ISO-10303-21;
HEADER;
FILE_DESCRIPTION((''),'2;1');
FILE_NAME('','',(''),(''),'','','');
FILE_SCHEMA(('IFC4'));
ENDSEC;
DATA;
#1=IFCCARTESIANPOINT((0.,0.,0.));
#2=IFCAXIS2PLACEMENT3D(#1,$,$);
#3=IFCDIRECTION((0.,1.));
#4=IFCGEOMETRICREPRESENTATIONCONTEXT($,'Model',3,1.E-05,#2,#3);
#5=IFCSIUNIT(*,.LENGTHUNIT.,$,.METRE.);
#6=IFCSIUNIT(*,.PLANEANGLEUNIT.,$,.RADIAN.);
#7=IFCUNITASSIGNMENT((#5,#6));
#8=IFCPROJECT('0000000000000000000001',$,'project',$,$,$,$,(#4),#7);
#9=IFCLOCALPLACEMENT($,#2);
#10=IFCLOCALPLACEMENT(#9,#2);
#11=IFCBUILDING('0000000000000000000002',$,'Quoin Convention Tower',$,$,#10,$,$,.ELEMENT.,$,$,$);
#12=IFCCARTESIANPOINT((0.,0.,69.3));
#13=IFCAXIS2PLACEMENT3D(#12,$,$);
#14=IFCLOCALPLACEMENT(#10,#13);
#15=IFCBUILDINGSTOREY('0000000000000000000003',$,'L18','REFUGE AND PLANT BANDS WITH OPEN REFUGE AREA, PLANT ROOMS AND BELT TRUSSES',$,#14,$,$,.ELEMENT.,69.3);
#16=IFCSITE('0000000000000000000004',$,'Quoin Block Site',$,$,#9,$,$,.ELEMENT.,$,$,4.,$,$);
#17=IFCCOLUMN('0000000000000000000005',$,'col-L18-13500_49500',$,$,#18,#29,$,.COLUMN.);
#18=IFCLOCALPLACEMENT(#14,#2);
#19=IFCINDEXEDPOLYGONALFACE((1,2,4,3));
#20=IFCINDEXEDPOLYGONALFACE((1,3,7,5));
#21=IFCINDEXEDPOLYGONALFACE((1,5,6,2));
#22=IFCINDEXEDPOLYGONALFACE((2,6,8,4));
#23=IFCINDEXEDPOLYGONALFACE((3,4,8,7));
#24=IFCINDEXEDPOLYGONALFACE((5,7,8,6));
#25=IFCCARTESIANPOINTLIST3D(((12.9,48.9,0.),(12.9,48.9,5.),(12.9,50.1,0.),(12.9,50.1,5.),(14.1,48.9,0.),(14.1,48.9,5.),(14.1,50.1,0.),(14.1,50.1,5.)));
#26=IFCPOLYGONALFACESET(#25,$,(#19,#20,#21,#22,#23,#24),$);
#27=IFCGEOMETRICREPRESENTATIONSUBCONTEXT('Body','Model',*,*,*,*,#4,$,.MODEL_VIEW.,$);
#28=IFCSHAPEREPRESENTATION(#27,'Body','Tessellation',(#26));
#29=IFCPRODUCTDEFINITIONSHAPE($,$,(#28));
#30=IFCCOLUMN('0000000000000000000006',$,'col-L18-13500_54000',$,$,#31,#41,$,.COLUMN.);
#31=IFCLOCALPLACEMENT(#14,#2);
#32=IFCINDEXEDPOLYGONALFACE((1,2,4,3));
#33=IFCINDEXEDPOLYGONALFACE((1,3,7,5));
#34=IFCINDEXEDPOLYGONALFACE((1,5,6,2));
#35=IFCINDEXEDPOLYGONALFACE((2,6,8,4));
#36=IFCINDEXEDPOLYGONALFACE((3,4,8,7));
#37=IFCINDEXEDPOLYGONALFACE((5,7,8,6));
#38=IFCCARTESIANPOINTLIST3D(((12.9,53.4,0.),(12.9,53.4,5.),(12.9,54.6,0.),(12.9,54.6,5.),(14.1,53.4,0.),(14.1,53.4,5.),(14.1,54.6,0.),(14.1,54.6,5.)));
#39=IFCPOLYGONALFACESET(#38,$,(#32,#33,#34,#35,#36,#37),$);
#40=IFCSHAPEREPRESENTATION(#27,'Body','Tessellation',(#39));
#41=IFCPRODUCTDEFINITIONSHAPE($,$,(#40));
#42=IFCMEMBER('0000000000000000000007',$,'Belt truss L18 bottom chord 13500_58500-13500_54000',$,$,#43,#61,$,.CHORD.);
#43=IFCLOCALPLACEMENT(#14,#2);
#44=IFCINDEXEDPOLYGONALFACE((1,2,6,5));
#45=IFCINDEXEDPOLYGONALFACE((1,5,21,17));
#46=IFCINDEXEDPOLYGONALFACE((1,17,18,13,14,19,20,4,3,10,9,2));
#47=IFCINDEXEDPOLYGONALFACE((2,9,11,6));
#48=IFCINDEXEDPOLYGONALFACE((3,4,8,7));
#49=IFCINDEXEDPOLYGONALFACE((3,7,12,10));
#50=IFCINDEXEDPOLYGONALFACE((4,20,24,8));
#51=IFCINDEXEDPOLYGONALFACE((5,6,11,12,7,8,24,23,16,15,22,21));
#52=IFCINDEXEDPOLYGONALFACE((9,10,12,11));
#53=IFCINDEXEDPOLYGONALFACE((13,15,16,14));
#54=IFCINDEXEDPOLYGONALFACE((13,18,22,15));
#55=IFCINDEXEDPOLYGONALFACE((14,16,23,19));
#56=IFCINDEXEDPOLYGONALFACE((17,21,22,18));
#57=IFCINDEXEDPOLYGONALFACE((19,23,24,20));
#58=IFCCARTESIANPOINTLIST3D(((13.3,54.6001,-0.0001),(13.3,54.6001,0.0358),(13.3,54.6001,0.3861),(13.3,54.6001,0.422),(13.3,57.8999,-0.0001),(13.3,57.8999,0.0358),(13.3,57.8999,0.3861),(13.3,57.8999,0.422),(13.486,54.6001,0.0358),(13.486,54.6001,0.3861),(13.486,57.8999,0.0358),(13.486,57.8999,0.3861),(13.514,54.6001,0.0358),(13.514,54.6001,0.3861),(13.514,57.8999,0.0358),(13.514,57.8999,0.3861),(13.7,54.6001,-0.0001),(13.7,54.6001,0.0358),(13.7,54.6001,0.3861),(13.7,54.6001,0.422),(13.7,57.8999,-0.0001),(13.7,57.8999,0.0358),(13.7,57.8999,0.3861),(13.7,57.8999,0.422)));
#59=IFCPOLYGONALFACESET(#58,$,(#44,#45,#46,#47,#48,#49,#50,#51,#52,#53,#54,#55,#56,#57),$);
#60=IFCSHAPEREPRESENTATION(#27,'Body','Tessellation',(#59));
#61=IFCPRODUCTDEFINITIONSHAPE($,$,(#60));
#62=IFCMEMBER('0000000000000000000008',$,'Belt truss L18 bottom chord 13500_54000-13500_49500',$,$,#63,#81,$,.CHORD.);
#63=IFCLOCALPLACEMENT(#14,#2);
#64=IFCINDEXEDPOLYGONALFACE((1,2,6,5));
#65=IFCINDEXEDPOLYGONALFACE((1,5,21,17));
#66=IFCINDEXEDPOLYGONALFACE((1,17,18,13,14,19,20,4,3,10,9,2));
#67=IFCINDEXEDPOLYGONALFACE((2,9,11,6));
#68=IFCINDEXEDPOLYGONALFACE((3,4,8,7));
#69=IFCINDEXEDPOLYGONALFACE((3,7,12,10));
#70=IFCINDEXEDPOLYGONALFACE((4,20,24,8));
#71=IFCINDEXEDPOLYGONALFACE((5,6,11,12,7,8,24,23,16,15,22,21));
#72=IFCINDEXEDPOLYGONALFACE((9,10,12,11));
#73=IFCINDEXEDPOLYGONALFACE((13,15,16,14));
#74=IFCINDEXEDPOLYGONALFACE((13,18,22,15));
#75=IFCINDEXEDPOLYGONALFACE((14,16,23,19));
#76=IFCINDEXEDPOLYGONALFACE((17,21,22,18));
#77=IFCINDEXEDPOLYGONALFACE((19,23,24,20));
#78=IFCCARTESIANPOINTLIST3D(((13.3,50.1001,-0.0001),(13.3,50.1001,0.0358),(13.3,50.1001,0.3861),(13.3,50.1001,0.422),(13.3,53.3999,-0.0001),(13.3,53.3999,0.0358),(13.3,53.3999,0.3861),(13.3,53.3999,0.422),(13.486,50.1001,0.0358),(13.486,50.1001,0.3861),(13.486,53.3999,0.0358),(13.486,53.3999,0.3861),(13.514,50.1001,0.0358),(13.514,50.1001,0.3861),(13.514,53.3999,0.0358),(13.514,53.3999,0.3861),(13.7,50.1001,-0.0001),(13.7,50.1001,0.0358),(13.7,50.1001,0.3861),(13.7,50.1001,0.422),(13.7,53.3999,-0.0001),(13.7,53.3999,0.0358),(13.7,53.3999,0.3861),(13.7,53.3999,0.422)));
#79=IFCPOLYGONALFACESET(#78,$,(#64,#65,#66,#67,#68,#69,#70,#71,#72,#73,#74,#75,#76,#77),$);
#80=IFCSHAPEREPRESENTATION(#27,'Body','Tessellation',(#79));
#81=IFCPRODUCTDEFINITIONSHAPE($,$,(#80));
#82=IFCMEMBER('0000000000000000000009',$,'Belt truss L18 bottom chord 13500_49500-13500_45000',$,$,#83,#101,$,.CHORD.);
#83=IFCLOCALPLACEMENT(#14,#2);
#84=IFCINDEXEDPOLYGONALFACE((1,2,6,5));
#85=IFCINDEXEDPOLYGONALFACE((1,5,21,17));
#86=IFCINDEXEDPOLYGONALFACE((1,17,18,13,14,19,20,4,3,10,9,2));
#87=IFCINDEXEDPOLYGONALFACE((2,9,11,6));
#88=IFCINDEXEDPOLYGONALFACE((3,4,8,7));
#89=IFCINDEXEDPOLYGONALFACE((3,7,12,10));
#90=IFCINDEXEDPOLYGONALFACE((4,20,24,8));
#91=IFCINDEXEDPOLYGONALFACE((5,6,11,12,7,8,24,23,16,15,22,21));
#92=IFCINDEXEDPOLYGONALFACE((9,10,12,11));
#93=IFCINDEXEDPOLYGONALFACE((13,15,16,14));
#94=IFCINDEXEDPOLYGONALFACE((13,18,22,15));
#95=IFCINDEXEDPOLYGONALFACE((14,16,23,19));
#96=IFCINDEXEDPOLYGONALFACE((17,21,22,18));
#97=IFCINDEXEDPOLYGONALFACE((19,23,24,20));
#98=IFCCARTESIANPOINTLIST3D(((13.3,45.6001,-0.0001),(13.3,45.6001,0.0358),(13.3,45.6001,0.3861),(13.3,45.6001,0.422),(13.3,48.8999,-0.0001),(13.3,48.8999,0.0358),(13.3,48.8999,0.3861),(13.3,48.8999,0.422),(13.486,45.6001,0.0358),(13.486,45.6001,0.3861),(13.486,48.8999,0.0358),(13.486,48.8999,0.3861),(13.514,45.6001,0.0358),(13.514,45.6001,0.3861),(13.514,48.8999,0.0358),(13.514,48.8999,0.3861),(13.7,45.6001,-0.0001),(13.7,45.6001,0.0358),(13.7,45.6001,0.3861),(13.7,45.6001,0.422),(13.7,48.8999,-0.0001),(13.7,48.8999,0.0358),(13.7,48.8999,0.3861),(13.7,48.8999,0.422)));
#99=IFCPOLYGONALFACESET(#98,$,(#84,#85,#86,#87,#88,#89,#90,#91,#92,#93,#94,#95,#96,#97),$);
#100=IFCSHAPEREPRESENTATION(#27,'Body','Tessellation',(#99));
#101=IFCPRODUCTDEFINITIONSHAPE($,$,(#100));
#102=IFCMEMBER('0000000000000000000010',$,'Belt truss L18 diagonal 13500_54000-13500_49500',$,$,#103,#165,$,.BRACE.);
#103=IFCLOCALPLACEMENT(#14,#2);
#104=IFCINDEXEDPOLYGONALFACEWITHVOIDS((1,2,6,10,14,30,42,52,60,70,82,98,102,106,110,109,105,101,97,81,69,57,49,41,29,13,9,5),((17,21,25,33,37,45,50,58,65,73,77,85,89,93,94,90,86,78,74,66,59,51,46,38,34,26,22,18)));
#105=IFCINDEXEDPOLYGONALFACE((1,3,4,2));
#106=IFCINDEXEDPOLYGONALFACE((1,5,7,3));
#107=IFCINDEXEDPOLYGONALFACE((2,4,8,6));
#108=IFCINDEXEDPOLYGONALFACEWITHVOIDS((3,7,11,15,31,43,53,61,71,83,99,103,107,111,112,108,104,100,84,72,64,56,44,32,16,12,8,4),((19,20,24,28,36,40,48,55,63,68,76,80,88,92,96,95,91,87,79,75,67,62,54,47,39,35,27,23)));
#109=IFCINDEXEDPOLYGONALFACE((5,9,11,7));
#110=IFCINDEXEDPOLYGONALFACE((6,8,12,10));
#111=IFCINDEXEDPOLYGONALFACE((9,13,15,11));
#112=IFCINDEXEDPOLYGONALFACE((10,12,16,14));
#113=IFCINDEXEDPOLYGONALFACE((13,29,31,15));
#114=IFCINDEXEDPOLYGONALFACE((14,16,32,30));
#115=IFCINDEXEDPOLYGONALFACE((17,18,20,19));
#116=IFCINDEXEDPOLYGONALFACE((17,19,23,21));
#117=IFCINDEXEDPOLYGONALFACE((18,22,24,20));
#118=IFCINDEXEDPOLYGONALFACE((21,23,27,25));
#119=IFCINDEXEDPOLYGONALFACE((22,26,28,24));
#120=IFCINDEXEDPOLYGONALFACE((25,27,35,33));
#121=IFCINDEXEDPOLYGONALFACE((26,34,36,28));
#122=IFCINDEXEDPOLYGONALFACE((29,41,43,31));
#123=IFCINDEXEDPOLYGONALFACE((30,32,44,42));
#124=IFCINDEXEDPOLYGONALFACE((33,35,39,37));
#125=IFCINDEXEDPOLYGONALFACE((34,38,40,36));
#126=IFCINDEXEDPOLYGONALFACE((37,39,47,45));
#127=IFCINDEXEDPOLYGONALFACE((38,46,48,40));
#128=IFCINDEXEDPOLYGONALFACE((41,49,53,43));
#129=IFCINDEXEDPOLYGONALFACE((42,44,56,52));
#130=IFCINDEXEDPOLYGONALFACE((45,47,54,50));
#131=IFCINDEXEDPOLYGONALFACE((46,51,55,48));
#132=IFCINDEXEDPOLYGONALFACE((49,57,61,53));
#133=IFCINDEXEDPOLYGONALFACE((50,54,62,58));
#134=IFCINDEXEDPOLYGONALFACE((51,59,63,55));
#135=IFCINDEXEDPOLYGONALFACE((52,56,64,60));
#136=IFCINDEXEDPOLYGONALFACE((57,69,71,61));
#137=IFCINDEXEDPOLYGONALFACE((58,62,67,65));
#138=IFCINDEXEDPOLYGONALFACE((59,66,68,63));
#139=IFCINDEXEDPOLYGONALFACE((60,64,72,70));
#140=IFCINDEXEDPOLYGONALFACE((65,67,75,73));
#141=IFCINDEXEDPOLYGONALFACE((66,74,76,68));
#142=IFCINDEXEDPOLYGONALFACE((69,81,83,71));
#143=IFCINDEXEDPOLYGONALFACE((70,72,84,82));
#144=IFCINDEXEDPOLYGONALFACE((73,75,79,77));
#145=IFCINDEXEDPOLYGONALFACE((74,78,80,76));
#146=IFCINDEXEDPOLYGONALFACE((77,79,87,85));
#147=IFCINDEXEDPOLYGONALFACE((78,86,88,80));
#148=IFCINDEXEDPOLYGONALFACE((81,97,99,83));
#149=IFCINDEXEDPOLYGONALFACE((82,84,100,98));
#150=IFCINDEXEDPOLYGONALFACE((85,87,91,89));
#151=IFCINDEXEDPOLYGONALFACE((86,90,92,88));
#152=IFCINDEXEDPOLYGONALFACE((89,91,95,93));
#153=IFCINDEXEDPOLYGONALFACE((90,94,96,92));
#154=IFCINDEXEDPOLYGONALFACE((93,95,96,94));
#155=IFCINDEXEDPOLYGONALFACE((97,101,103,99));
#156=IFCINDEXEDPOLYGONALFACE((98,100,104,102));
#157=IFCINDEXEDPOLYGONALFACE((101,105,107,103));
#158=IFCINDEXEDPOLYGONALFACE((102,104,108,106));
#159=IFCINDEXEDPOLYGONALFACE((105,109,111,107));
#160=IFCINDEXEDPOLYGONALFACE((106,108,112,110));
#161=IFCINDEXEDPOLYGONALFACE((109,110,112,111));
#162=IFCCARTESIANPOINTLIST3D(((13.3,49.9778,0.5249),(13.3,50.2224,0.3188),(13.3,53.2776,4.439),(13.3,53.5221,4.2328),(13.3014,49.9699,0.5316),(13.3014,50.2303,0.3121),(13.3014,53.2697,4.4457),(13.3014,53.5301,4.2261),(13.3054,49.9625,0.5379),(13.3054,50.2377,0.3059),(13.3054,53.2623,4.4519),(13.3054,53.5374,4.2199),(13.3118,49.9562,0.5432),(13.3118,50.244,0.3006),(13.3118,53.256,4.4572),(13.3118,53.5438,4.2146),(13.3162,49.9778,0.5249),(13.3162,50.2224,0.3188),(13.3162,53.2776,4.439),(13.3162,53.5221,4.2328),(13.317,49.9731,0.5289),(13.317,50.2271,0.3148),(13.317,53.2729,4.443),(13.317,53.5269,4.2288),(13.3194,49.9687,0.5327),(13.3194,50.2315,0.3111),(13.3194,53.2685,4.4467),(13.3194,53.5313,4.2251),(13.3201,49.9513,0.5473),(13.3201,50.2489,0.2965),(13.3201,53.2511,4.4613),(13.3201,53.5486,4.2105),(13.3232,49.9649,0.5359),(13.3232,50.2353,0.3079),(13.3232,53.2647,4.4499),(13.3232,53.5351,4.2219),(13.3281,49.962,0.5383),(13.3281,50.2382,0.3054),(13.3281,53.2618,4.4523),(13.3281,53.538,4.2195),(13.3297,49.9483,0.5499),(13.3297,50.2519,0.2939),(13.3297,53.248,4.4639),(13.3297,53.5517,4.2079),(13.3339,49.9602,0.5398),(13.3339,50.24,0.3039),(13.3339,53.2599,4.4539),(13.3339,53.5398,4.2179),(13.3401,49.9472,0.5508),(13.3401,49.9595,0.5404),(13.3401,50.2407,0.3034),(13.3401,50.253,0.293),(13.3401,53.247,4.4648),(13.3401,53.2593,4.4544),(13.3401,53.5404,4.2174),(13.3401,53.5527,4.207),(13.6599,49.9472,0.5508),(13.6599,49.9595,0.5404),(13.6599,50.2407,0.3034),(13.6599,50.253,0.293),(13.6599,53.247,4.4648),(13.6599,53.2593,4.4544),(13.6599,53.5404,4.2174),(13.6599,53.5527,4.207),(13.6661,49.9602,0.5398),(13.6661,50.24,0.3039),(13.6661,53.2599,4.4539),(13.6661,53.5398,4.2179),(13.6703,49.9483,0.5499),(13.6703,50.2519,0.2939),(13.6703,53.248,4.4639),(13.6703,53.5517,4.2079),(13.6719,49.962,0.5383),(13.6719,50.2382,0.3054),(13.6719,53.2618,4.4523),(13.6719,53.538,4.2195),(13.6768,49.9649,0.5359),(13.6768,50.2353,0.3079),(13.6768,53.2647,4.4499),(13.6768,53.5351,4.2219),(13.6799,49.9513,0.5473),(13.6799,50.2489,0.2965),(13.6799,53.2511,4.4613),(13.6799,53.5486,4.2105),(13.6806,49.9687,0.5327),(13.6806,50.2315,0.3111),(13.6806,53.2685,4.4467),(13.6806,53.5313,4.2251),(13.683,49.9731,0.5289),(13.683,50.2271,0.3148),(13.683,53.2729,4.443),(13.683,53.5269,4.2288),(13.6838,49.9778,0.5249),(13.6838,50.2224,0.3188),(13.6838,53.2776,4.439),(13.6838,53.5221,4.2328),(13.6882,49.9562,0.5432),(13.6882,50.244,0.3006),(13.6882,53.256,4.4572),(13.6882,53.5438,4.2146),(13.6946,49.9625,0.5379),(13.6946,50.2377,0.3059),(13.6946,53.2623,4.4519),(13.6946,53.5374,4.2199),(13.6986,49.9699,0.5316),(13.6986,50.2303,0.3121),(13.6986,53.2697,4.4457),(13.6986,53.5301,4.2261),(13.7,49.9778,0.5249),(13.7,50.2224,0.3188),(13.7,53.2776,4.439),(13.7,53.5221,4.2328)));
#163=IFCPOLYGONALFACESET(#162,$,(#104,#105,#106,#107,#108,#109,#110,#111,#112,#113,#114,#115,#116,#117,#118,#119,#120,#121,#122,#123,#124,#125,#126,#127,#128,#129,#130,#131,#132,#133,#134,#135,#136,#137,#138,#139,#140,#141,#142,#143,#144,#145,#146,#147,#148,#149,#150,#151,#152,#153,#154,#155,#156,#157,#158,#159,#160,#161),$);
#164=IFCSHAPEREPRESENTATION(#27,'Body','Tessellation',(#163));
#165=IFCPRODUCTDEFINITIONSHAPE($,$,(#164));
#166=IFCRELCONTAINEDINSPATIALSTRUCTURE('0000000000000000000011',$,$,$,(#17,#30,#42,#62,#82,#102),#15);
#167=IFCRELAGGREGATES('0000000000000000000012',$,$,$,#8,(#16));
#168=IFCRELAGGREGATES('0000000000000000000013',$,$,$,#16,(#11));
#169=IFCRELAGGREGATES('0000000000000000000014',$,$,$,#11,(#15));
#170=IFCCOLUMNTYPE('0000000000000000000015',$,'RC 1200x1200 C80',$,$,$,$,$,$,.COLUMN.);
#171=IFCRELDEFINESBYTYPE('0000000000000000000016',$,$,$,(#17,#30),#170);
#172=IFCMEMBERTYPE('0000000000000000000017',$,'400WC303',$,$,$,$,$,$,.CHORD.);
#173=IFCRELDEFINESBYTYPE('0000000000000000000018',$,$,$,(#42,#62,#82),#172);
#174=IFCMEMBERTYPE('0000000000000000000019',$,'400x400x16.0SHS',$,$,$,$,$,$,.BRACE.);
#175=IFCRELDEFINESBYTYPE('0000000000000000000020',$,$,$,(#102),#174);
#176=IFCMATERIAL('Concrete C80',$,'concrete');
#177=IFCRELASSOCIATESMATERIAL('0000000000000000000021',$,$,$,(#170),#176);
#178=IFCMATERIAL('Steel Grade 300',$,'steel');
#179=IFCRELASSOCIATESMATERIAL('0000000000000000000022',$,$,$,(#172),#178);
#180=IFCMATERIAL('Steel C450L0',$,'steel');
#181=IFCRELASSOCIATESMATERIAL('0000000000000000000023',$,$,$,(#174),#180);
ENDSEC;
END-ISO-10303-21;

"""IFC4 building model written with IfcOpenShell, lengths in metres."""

from ifc_helpers import new_model, si_unit, direction, frame, origin, origin_2d, place, context, subcontext, project, spatial, rectangle, hollow_rectangle, i_section, extrude, material, material_profile, profile_set, type_object, element, save


model = new_model("IFC4")

# Units and contexts
model_context = context("Model", 3, precision=1e-05, world=origin(), true_north=direction((0.0, 1.0)))
body_context = subcontext(model_context, "Body", "Model", "MODEL_VIEW")
ifc_project = project(units=[si_unit("LENGTHUNIT", "METRE"), si_unit("PLANEANGLEUNIT", "RADIAN")], contexts=[model_context])

# Site, building, storey
site_placement = place(None, origin())
site = spatial("IfcSite", under=ifc_project, at=site_placement, Name="Quoin Block Site", CompositionType="ELEMENT", RefElevation=4.0)
building_placement = place(site_placement, origin())
building = spatial("IfcBuilding", under=site, at=building_placement, Name="Quoin Convention Tower", CompositionType="ELEMENT")
storey_placement = place(building_placement, frame((0.0, 0.0, 69.3)))
storey = spatial("IfcBuildingStorey", under=building, at=storey_placement, Name="L18", Description="REFUGE AND PLANT BANDS WITH OPEN REFUGE AREA, PLANT ROOMS AND BELT TRUSSES", CompositionType="ELEMENT", Elevation=69.3)

# Columns
ifc_material_1 = material(Name="Concrete C80", Category="concrete")
ifc_material_profile_1 = material_profile(ifc_material_1, rectangle(XDim=1.2, YDim=1.2, at=origin_2d()), Name="RC 1200x1200")
ifc_profile_set_1 = profile_set([ifc_material_profile_1], Name="Concrete C80")
column_type = type_object("IfcColumnType", Name="RC 1200x1200 C80", PredefinedType="COLUMN", material=ifc_profile_set_1)
for number, where, z_axis, x_axis, name in (
    (1, (13.5, 49.5, 0.0), (0.0, 0.0, 1.0), (1.0, 0.0, 0.0), "col-L18-13500_49500"),
    (2, (13.5, 54.0, 0.0), (0.0, 0.0, 1.0), (1.0, 0.0, 0.0), "col-L18-13500_54000"),
):
    element("IfcColumn", number, at=place(storey_placement, frame(where, z_axis=z_axis, x_axis=x_axis)), inside=storey, type_object=column_type, Name=name, PredefinedType="COLUMN", context=body_context, shape_type="SweptSolid", body=[
        extrude(rectangle(XDim=1.2, YDim=1.2, at=origin_2d()), origin(), (0.0, 0.0, 1.0), 5.0),
    ])

# Members
ifc_material_2 = material(Name="Steel Grade 300", Category="steel")
ifc_material_profile_2 = material_profile(ifc_material_2, i_section(OverallWidth=0.3999, OverallDepth=0.4221, WebThickness=0.0281, FlangeThickness=0.0359, at=origin_2d()), Name="400WC303")
ifc_profile_set_2 = profile_set([ifc_material_profile_2], Name="Steel Grade 300")
member_type_1 = type_object("IfcMemberType", Name="400WC303", PredefinedType="CHORD", material=ifc_profile_set_2)
for number, where, z_axis, x_axis, name in (
    (3, (13.5, 57.8999, 0.2109), (0.0, -1.0, 0.0), (1.0, 0.0, 0.0), "Belt truss L18 bottom chord 13500_58500-13500_54000"),
    (4, (13.5, 53.3999, 0.2109), (0.0, -1.0, 0.0), (1.0, 0.0, 0.0), "Belt truss L18 bottom chord 13500_54000-13500_49500"),
    (5, (13.5, 48.8999, 0.2109), (0.0, -1.0, 0.0), (1.0, 0.0, 0.0), "Belt truss L18 bottom chord 13500_49500-13500_45000"),
):
    element("IfcMember", number, at=place(storey_placement, frame(where, z_axis=z_axis, x_axis=x_axis)), inside=storey, type_object=member_type_1, Name=name, PredefinedType="CHORD", context=body_context, shape_type="SweptSolid", body=[
        extrude(i_section(OverallWidth=0.3999, OverallDepth=0.4221, WebThickness=0.0281, FlangeThickness=0.0359, at=origin_2d()), origin(), (0.0, 0.0, 1.0), 3.2998),
    ])
ifc_material_3 = material(Name="Steel C450L0", Category="steel")
ifc_material_profile_3 = material_profile(ifc_material_3, hollow_rectangle(XDim=0.3999, YDim=0.3999, WallThickness=0.0161, InnerFilletRadius=0.0239, OuterFilletRadius=0.04, at=origin_2d()), Name="400x400x16.0SHS")
ifc_profile_set_3 = profile_set([ifc_material_profile_3], Name="Steel C450L0")
member_type_2 = type_object("IfcMemberType", Name="400x400x16.0SHS", PredefinedType="BRACE", material=ifc_profile_set_3)
for number, where, z_axis, x_axis, name in (
    (6, (13.5, 50.1001, 0.4219), (0.0, 0.644564, 0.76455), (-1.0, 0.0, 0.0), "Belt truss L18 diagonal 13500_54000-13500_49500"),
):
    element("IfcMember", number, at=place(storey_placement, frame(where, z_axis=z_axis, x_axis=x_axis)), inside=storey, type_object=member_type_2, Name=name, PredefinedType="BRACE", context=body_context, shape_type="SweptSolid", body=[
        extrude(hollow_rectangle(XDim=0.3999, YDim=0.3999, WallThickness=0.0161, InnerFilletRadius=0.0239, OuterFilletRadius=0.04, at=origin_2d()), origin(), (0.0, 0.0, 1.0), 5.1194),
    ])

save(model, "model.ifc")
